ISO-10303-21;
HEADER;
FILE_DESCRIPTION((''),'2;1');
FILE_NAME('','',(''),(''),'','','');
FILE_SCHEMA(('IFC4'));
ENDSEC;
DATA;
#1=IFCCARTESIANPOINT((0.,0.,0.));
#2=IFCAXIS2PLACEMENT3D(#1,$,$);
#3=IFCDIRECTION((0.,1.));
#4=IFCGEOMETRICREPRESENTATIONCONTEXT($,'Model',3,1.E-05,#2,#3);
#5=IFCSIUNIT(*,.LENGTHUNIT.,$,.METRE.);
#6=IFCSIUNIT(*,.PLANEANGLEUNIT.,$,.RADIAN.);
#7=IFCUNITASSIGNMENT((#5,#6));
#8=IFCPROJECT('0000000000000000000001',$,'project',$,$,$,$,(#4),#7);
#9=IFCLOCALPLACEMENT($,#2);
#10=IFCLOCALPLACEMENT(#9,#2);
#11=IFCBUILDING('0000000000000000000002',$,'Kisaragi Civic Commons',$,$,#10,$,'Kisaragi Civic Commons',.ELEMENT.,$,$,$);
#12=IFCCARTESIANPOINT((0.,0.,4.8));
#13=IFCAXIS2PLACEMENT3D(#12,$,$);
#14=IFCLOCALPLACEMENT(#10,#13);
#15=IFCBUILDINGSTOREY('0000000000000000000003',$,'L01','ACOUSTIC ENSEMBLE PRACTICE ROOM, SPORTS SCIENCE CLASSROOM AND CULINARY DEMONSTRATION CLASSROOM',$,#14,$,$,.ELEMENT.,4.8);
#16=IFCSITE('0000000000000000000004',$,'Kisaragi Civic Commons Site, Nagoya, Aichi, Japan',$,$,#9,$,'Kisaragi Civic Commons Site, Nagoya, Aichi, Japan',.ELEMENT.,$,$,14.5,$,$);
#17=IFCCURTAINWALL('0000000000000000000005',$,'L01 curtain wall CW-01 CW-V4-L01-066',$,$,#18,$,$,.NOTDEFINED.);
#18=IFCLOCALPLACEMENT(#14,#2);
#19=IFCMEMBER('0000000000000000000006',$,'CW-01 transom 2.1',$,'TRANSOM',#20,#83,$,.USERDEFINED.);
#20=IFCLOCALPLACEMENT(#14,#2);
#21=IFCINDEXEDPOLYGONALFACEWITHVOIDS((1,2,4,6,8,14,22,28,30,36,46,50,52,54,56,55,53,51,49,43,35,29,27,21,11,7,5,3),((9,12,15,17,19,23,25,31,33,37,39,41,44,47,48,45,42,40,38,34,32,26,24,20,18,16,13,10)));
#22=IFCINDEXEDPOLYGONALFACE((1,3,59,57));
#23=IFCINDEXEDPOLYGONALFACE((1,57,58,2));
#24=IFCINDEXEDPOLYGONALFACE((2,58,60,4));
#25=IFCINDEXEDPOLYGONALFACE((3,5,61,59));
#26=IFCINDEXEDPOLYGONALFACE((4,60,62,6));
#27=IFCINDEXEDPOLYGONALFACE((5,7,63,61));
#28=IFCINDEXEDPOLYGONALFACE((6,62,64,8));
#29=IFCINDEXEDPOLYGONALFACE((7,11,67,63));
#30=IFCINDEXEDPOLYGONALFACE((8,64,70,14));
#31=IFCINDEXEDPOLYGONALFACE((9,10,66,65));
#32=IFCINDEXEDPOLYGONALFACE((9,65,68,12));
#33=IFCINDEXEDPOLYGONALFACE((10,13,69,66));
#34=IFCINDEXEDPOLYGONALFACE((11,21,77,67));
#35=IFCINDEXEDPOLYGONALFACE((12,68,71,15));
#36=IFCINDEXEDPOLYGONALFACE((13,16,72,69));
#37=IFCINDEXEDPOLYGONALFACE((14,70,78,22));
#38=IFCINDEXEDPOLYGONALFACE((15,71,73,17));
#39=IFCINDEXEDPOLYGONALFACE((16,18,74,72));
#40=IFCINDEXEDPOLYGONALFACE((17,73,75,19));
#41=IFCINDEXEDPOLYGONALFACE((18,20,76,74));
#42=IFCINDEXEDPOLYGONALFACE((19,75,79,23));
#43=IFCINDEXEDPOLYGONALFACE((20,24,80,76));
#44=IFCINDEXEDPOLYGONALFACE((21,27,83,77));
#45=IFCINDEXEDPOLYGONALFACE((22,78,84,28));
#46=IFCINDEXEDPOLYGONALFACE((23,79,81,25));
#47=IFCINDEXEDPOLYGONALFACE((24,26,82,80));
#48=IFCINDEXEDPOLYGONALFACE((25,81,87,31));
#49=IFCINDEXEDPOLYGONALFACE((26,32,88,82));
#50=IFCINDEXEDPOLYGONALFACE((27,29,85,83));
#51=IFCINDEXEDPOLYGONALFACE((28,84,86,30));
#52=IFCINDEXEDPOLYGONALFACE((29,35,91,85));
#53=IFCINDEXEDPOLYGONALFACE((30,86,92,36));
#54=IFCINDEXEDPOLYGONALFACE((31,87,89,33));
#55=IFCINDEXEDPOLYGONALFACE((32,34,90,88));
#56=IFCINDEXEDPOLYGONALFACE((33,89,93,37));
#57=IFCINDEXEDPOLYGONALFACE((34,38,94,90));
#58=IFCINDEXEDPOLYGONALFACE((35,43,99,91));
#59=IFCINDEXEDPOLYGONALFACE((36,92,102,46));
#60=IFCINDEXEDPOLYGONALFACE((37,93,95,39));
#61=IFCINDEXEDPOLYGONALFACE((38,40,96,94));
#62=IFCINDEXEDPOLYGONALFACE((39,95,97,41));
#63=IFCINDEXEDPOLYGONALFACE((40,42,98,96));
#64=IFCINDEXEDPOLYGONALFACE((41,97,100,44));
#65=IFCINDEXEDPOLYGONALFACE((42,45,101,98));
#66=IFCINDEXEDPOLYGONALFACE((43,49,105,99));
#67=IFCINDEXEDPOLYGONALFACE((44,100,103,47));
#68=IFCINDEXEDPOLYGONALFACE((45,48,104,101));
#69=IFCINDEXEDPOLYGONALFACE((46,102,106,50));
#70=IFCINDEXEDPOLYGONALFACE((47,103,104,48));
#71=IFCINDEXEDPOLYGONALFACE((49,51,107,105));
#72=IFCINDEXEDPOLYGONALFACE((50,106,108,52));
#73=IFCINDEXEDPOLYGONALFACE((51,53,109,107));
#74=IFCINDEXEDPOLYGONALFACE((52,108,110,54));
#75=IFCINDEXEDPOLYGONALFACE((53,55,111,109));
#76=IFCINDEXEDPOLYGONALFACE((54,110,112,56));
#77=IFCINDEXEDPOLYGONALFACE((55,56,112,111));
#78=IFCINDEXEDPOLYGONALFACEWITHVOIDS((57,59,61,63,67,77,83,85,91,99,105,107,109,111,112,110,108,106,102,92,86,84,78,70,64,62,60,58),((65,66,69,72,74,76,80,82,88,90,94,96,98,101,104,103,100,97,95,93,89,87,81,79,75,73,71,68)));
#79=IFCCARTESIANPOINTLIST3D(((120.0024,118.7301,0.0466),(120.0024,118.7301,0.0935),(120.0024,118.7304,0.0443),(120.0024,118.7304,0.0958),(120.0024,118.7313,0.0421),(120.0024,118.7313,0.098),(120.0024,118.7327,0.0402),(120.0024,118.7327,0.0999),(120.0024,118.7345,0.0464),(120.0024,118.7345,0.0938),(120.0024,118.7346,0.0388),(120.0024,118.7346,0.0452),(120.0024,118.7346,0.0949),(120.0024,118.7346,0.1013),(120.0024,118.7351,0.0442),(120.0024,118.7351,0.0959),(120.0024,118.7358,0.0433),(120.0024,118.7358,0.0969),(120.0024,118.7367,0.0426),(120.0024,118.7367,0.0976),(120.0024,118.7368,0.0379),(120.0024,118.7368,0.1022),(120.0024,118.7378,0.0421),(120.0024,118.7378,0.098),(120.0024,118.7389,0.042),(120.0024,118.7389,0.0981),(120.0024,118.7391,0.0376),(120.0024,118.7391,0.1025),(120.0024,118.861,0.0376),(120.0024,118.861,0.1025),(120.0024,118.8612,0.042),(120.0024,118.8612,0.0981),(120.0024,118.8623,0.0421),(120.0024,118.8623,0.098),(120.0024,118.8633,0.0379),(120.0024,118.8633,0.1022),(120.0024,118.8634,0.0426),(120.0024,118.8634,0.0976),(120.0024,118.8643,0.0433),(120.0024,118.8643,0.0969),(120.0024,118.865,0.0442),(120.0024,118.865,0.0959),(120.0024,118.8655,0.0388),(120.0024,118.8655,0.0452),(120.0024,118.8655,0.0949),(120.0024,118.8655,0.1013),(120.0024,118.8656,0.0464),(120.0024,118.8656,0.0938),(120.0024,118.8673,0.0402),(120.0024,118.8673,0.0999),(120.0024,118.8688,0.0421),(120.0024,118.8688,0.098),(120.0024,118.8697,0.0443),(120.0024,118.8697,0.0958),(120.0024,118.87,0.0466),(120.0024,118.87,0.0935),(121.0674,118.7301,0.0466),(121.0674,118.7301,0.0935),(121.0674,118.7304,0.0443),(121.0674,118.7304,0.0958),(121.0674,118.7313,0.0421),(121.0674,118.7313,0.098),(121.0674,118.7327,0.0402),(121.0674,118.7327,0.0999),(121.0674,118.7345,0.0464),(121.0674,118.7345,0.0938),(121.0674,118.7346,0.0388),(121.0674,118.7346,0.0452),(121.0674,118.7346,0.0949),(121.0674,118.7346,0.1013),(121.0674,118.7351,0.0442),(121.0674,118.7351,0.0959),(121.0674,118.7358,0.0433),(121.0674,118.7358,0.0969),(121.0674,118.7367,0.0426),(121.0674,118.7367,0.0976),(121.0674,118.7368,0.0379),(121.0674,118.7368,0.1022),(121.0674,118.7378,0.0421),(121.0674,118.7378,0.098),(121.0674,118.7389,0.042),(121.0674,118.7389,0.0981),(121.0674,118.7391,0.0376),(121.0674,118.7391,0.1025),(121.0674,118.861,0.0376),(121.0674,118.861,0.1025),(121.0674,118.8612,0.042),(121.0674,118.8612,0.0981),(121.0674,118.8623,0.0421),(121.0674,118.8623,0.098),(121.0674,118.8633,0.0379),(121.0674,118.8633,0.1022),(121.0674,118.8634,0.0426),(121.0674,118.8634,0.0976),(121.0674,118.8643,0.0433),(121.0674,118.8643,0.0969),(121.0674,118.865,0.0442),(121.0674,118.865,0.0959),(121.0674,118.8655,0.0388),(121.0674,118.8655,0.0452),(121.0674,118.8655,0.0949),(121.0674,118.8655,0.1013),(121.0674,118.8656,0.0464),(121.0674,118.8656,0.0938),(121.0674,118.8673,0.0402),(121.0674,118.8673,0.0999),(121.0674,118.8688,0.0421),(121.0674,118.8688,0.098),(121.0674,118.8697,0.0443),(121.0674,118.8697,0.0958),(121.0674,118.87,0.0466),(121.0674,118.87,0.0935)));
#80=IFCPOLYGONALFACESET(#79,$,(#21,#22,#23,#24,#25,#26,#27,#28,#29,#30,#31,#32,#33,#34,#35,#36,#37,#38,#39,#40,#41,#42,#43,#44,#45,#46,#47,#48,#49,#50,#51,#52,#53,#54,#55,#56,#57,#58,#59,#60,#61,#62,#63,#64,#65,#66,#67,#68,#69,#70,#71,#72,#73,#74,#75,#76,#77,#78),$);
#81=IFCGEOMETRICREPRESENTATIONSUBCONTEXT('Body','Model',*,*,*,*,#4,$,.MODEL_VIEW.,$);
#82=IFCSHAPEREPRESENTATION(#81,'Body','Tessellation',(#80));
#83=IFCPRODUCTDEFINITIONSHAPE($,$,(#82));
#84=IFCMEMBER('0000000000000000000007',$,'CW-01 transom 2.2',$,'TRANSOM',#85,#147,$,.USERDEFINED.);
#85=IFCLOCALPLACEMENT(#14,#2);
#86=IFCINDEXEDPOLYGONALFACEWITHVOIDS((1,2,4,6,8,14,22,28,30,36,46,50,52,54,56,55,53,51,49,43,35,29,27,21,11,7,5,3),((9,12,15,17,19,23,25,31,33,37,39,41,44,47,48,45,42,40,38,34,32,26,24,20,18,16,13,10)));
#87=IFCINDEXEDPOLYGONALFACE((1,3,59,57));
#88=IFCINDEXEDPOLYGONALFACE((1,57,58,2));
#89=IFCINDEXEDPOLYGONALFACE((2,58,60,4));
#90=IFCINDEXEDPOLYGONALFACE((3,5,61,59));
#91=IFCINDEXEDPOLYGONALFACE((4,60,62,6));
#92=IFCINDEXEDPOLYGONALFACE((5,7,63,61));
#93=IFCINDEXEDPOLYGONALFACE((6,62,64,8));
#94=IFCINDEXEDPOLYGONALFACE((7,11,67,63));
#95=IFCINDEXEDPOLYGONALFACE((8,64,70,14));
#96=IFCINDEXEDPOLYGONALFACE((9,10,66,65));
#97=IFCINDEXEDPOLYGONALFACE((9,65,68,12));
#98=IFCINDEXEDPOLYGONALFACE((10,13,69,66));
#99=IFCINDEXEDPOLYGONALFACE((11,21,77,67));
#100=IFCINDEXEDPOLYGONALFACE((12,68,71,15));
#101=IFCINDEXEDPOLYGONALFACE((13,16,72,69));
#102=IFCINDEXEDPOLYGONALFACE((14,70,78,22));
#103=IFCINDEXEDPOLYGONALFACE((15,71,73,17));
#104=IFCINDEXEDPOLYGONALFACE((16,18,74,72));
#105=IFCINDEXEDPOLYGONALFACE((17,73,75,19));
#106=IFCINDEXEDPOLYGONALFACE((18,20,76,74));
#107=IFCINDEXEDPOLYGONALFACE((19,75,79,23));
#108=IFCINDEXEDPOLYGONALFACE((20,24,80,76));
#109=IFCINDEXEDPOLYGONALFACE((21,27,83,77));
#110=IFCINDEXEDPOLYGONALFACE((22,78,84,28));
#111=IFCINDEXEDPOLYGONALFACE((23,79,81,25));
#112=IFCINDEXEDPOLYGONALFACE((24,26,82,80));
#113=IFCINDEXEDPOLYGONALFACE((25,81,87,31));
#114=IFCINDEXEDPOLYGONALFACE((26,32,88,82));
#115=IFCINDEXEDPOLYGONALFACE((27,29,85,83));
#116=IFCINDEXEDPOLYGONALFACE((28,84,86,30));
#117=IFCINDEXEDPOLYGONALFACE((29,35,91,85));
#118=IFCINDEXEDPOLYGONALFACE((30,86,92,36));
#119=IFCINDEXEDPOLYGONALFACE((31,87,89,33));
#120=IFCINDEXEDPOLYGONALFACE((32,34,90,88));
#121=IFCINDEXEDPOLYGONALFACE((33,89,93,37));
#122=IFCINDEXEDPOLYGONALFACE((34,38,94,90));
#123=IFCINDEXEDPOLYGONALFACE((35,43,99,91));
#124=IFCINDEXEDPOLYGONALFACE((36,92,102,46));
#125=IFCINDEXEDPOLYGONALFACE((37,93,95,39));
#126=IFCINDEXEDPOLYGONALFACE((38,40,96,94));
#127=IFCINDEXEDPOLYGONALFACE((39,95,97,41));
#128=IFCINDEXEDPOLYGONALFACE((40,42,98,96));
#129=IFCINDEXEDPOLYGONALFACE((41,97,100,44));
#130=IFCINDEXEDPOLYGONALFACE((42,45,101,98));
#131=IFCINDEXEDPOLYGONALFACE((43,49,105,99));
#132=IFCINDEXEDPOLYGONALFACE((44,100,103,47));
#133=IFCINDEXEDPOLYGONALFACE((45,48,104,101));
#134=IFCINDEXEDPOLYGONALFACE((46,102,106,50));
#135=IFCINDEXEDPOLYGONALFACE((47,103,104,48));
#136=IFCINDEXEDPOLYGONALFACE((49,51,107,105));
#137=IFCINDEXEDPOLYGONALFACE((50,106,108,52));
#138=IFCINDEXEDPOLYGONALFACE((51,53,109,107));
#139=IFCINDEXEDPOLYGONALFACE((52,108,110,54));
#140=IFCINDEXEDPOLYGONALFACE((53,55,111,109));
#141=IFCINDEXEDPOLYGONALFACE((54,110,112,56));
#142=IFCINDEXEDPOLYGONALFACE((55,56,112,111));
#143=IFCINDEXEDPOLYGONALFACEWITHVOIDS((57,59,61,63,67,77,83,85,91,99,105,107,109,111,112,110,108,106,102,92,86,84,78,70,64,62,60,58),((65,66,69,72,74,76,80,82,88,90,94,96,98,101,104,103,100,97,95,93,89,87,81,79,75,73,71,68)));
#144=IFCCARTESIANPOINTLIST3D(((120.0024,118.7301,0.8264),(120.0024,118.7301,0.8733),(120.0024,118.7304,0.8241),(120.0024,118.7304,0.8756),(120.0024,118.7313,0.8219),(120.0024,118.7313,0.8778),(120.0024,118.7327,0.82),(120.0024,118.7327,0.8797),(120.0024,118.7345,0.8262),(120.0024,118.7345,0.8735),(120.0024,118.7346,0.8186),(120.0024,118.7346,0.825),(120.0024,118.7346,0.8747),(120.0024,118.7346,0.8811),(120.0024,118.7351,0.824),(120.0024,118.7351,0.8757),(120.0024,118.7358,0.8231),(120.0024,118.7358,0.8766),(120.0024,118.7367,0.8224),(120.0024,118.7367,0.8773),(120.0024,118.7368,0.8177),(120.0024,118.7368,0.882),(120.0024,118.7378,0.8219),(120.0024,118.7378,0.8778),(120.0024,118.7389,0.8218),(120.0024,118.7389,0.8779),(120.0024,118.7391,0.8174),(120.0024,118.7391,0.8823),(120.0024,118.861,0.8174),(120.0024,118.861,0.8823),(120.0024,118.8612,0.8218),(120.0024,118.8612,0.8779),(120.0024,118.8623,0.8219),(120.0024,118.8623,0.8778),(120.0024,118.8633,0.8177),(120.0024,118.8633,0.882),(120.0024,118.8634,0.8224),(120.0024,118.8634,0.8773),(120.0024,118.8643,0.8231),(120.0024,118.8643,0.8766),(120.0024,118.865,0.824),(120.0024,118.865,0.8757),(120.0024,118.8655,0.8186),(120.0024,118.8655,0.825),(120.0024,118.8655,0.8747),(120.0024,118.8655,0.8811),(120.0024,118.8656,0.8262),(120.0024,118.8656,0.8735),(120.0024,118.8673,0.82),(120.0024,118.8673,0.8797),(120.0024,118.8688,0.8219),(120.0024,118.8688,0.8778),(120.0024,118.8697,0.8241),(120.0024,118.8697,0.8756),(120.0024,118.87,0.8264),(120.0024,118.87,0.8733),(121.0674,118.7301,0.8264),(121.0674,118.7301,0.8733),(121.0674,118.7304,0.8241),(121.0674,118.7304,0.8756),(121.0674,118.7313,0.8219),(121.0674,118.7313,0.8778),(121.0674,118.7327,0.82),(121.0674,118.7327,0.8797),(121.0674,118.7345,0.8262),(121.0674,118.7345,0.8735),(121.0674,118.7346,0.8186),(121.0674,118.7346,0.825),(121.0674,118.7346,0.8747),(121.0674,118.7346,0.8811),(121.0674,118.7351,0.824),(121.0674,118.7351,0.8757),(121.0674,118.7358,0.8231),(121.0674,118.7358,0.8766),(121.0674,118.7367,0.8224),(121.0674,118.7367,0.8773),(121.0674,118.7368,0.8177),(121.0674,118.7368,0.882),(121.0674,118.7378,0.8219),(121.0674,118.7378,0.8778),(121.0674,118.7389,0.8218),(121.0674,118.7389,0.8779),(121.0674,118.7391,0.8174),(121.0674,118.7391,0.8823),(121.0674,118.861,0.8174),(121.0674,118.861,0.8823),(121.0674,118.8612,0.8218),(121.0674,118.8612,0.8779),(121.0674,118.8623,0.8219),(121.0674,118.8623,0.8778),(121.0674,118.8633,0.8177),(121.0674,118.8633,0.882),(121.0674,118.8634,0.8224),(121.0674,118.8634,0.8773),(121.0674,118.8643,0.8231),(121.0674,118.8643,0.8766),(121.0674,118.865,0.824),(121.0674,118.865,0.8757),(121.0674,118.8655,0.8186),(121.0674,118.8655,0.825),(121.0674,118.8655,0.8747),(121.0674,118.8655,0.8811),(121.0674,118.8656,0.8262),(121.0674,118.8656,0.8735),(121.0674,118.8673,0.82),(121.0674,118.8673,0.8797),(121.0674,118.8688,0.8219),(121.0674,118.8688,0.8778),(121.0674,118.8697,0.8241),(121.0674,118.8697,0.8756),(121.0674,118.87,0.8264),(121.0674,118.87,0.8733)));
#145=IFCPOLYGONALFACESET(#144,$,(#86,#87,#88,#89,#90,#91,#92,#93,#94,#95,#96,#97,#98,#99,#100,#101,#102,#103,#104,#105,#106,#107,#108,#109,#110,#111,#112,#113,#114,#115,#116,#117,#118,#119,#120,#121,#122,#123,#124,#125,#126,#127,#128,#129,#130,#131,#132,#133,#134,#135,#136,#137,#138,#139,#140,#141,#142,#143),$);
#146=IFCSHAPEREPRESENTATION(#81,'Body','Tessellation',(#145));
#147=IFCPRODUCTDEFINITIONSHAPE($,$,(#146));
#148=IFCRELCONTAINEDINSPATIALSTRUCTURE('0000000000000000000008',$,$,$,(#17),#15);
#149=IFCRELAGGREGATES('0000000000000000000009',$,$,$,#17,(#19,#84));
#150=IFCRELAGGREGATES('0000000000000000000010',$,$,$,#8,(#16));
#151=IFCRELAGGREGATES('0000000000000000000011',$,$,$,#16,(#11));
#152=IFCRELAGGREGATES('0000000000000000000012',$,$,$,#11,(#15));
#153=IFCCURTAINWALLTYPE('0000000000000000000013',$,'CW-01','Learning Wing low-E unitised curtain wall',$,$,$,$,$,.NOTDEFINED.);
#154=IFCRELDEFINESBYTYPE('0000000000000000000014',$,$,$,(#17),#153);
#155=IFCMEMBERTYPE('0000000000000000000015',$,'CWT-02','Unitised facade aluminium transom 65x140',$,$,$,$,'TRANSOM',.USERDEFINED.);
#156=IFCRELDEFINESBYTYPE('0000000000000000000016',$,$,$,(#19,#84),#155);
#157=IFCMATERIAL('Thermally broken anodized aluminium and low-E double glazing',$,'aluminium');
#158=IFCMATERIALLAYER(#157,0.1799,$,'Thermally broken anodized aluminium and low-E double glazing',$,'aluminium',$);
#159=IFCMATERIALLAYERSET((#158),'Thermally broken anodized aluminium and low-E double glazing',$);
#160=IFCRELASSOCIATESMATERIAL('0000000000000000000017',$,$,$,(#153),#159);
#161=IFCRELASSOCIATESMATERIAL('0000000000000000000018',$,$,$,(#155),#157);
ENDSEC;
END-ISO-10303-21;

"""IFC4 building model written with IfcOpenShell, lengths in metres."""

from ifc_helpers import new_model, si_unit, direction, frame, origin, origin_2d, place, context, subcontext, project, spatial, hollow_rectangle, extrude, material, layer, layer_set, material_profile, profile_set, type_object, element, aggregate, save


model = new_model("IFC4")

# Units and contexts
model_context = context("Model", 3, precision=1e-05, world=origin(), true_north=direction((0.0, 1.0)))
body_context = subcontext(model_context, "Body", "Model", "MODEL_VIEW")
ifc_project = project(units=[si_unit("LENGTHUNIT", "METRE"), si_unit("PLANEANGLEUNIT", "RADIAN")], contexts=[model_context])

# Site, building, storey
site_placement = place(None, origin())
site = spatial("IfcSite", under=ifc_project, at=site_placement, Name="Kisaragi Civic Commons Site, Nagoya, Aichi, Japan", LongName="Kisaragi Civic Commons Site, Nagoya, Aichi, Japan", CompositionType="ELEMENT", RefElevation=14.5)
building_placement = place(site_placement, origin())
building = spatial("IfcBuilding", under=site, at=building_placement, Name="Kisaragi Civic Commons", LongName="Kisaragi Civic Commons", CompositionType="ELEMENT")
storey_placement = place(building_placement, frame((0.0, 0.0, 4.8)))
storey = spatial("IfcBuildingStorey", under=building, at=storey_placement, Name="L01", Description="ACOUSTIC ENSEMBLE PRACTICE ROOM, SPORTS SCIENCE CLASSROOM AND CULINARY DEMONSTRATION CLASSROOM", CompositionType="ELEMENT", Elevation=4.8)

# Curtain wall, members
ifc_material = material(Name="Thermally broken anodized aluminium and low-E double glazing", Category="aluminium")
ifc_layer_1 = layer(ifc_material, 0.1799, Name="Thermally broken anodized aluminium and low-E double glazing", Category="aluminium")
ifc_layer_set_1 = layer_set([ifc_layer_1], Name="Thermally broken anodized aluminium and low-E double glazing")
curtain_wall_type = type_object("IfcCurtainWallType", Name="CW-01", Description="Learning Wing low-E unitised curtain wall", PredefinedType="NOTDEFINED", material=ifc_layer_set_1)
curtain_wall_placement = place(storey_placement, origin())
curtain_wall = element("IfcCurtainWall", 1, at=curtain_wall_placement, inside=storey, type_object=curtain_wall_type, Name="L01 curtain wall CW-01 CW-V4-L01-066", PredefinedType="NOTDEFINED")
ifc_material_profile_1 = material_profile(ifc_material, hollow_rectangle(XDim=0.1399, YDim=0.0649, WallThickness=0.0044, InnerFilletRadius=0.0044, OuterFilletRadius=0.009, at=origin_2d()), Name="CWT-65x140x4.5", Category="aluminium")
ifc_profile_set_1 = profile_set([ifc_material_profile_1], Name="Thermally broken anodized aluminium and low-E double glazing")
member_type_1 = type_object("IfcMemberType", Name="CWT-02", Description="Unitised facade aluminium transom 65x140", ElementType="TRANSOM", PredefinedType="USERDEFINED", material=ifc_profile_set_1)
member_1_placement = place(storey_placement, frame((120.0024, 118.8, 0.0701), z_axis=(1.0, 0.0, 0.0), x_axis=(0.0, 1.0, 0.0)))
member_1 = element("IfcMember", 2, at=member_1_placement, type_object=member_type_1, Name="CW-01 transom 2.1", ObjectType="TRANSOM", PredefinedType="USERDEFINED", context=body_context, shape_type="SweptSolid", body=[
    extrude(hollow_rectangle(XDim=0.1399, YDim=0.0649, WallThickness=0.0044, InnerFilletRadius=0.0044, OuterFilletRadius=0.009, at=origin_2d()), origin(), (0.0, 0.0, 1.0), 1.0649),
])
member_2_placement = place(storey_placement, frame((120.0024, 118.8, 0.8499), z_axis=(1.0, 0.0, 0.0), x_axis=(0.0, 1.0, 0.0)))
member_2 = element("IfcMember", 3, at=member_2_placement, type_object=member_type_1, Name="CW-01 transom 2.2", ObjectType="TRANSOM", PredefinedType="USERDEFINED", context=body_context, shape_type="SweptSolid", body=[
    extrude(hollow_rectangle(XDim=0.1399, YDim=0.0649, WallThickness=0.0044, InnerFilletRadius=0.0044, OuterFilletRadius=0.009, at=origin_2d()), origin(), (0.0, 0.0, 1.0), 1.0649),
])
aggregate(curtain_wall, [member_1, member_2])

save(model, "model.ifc")
